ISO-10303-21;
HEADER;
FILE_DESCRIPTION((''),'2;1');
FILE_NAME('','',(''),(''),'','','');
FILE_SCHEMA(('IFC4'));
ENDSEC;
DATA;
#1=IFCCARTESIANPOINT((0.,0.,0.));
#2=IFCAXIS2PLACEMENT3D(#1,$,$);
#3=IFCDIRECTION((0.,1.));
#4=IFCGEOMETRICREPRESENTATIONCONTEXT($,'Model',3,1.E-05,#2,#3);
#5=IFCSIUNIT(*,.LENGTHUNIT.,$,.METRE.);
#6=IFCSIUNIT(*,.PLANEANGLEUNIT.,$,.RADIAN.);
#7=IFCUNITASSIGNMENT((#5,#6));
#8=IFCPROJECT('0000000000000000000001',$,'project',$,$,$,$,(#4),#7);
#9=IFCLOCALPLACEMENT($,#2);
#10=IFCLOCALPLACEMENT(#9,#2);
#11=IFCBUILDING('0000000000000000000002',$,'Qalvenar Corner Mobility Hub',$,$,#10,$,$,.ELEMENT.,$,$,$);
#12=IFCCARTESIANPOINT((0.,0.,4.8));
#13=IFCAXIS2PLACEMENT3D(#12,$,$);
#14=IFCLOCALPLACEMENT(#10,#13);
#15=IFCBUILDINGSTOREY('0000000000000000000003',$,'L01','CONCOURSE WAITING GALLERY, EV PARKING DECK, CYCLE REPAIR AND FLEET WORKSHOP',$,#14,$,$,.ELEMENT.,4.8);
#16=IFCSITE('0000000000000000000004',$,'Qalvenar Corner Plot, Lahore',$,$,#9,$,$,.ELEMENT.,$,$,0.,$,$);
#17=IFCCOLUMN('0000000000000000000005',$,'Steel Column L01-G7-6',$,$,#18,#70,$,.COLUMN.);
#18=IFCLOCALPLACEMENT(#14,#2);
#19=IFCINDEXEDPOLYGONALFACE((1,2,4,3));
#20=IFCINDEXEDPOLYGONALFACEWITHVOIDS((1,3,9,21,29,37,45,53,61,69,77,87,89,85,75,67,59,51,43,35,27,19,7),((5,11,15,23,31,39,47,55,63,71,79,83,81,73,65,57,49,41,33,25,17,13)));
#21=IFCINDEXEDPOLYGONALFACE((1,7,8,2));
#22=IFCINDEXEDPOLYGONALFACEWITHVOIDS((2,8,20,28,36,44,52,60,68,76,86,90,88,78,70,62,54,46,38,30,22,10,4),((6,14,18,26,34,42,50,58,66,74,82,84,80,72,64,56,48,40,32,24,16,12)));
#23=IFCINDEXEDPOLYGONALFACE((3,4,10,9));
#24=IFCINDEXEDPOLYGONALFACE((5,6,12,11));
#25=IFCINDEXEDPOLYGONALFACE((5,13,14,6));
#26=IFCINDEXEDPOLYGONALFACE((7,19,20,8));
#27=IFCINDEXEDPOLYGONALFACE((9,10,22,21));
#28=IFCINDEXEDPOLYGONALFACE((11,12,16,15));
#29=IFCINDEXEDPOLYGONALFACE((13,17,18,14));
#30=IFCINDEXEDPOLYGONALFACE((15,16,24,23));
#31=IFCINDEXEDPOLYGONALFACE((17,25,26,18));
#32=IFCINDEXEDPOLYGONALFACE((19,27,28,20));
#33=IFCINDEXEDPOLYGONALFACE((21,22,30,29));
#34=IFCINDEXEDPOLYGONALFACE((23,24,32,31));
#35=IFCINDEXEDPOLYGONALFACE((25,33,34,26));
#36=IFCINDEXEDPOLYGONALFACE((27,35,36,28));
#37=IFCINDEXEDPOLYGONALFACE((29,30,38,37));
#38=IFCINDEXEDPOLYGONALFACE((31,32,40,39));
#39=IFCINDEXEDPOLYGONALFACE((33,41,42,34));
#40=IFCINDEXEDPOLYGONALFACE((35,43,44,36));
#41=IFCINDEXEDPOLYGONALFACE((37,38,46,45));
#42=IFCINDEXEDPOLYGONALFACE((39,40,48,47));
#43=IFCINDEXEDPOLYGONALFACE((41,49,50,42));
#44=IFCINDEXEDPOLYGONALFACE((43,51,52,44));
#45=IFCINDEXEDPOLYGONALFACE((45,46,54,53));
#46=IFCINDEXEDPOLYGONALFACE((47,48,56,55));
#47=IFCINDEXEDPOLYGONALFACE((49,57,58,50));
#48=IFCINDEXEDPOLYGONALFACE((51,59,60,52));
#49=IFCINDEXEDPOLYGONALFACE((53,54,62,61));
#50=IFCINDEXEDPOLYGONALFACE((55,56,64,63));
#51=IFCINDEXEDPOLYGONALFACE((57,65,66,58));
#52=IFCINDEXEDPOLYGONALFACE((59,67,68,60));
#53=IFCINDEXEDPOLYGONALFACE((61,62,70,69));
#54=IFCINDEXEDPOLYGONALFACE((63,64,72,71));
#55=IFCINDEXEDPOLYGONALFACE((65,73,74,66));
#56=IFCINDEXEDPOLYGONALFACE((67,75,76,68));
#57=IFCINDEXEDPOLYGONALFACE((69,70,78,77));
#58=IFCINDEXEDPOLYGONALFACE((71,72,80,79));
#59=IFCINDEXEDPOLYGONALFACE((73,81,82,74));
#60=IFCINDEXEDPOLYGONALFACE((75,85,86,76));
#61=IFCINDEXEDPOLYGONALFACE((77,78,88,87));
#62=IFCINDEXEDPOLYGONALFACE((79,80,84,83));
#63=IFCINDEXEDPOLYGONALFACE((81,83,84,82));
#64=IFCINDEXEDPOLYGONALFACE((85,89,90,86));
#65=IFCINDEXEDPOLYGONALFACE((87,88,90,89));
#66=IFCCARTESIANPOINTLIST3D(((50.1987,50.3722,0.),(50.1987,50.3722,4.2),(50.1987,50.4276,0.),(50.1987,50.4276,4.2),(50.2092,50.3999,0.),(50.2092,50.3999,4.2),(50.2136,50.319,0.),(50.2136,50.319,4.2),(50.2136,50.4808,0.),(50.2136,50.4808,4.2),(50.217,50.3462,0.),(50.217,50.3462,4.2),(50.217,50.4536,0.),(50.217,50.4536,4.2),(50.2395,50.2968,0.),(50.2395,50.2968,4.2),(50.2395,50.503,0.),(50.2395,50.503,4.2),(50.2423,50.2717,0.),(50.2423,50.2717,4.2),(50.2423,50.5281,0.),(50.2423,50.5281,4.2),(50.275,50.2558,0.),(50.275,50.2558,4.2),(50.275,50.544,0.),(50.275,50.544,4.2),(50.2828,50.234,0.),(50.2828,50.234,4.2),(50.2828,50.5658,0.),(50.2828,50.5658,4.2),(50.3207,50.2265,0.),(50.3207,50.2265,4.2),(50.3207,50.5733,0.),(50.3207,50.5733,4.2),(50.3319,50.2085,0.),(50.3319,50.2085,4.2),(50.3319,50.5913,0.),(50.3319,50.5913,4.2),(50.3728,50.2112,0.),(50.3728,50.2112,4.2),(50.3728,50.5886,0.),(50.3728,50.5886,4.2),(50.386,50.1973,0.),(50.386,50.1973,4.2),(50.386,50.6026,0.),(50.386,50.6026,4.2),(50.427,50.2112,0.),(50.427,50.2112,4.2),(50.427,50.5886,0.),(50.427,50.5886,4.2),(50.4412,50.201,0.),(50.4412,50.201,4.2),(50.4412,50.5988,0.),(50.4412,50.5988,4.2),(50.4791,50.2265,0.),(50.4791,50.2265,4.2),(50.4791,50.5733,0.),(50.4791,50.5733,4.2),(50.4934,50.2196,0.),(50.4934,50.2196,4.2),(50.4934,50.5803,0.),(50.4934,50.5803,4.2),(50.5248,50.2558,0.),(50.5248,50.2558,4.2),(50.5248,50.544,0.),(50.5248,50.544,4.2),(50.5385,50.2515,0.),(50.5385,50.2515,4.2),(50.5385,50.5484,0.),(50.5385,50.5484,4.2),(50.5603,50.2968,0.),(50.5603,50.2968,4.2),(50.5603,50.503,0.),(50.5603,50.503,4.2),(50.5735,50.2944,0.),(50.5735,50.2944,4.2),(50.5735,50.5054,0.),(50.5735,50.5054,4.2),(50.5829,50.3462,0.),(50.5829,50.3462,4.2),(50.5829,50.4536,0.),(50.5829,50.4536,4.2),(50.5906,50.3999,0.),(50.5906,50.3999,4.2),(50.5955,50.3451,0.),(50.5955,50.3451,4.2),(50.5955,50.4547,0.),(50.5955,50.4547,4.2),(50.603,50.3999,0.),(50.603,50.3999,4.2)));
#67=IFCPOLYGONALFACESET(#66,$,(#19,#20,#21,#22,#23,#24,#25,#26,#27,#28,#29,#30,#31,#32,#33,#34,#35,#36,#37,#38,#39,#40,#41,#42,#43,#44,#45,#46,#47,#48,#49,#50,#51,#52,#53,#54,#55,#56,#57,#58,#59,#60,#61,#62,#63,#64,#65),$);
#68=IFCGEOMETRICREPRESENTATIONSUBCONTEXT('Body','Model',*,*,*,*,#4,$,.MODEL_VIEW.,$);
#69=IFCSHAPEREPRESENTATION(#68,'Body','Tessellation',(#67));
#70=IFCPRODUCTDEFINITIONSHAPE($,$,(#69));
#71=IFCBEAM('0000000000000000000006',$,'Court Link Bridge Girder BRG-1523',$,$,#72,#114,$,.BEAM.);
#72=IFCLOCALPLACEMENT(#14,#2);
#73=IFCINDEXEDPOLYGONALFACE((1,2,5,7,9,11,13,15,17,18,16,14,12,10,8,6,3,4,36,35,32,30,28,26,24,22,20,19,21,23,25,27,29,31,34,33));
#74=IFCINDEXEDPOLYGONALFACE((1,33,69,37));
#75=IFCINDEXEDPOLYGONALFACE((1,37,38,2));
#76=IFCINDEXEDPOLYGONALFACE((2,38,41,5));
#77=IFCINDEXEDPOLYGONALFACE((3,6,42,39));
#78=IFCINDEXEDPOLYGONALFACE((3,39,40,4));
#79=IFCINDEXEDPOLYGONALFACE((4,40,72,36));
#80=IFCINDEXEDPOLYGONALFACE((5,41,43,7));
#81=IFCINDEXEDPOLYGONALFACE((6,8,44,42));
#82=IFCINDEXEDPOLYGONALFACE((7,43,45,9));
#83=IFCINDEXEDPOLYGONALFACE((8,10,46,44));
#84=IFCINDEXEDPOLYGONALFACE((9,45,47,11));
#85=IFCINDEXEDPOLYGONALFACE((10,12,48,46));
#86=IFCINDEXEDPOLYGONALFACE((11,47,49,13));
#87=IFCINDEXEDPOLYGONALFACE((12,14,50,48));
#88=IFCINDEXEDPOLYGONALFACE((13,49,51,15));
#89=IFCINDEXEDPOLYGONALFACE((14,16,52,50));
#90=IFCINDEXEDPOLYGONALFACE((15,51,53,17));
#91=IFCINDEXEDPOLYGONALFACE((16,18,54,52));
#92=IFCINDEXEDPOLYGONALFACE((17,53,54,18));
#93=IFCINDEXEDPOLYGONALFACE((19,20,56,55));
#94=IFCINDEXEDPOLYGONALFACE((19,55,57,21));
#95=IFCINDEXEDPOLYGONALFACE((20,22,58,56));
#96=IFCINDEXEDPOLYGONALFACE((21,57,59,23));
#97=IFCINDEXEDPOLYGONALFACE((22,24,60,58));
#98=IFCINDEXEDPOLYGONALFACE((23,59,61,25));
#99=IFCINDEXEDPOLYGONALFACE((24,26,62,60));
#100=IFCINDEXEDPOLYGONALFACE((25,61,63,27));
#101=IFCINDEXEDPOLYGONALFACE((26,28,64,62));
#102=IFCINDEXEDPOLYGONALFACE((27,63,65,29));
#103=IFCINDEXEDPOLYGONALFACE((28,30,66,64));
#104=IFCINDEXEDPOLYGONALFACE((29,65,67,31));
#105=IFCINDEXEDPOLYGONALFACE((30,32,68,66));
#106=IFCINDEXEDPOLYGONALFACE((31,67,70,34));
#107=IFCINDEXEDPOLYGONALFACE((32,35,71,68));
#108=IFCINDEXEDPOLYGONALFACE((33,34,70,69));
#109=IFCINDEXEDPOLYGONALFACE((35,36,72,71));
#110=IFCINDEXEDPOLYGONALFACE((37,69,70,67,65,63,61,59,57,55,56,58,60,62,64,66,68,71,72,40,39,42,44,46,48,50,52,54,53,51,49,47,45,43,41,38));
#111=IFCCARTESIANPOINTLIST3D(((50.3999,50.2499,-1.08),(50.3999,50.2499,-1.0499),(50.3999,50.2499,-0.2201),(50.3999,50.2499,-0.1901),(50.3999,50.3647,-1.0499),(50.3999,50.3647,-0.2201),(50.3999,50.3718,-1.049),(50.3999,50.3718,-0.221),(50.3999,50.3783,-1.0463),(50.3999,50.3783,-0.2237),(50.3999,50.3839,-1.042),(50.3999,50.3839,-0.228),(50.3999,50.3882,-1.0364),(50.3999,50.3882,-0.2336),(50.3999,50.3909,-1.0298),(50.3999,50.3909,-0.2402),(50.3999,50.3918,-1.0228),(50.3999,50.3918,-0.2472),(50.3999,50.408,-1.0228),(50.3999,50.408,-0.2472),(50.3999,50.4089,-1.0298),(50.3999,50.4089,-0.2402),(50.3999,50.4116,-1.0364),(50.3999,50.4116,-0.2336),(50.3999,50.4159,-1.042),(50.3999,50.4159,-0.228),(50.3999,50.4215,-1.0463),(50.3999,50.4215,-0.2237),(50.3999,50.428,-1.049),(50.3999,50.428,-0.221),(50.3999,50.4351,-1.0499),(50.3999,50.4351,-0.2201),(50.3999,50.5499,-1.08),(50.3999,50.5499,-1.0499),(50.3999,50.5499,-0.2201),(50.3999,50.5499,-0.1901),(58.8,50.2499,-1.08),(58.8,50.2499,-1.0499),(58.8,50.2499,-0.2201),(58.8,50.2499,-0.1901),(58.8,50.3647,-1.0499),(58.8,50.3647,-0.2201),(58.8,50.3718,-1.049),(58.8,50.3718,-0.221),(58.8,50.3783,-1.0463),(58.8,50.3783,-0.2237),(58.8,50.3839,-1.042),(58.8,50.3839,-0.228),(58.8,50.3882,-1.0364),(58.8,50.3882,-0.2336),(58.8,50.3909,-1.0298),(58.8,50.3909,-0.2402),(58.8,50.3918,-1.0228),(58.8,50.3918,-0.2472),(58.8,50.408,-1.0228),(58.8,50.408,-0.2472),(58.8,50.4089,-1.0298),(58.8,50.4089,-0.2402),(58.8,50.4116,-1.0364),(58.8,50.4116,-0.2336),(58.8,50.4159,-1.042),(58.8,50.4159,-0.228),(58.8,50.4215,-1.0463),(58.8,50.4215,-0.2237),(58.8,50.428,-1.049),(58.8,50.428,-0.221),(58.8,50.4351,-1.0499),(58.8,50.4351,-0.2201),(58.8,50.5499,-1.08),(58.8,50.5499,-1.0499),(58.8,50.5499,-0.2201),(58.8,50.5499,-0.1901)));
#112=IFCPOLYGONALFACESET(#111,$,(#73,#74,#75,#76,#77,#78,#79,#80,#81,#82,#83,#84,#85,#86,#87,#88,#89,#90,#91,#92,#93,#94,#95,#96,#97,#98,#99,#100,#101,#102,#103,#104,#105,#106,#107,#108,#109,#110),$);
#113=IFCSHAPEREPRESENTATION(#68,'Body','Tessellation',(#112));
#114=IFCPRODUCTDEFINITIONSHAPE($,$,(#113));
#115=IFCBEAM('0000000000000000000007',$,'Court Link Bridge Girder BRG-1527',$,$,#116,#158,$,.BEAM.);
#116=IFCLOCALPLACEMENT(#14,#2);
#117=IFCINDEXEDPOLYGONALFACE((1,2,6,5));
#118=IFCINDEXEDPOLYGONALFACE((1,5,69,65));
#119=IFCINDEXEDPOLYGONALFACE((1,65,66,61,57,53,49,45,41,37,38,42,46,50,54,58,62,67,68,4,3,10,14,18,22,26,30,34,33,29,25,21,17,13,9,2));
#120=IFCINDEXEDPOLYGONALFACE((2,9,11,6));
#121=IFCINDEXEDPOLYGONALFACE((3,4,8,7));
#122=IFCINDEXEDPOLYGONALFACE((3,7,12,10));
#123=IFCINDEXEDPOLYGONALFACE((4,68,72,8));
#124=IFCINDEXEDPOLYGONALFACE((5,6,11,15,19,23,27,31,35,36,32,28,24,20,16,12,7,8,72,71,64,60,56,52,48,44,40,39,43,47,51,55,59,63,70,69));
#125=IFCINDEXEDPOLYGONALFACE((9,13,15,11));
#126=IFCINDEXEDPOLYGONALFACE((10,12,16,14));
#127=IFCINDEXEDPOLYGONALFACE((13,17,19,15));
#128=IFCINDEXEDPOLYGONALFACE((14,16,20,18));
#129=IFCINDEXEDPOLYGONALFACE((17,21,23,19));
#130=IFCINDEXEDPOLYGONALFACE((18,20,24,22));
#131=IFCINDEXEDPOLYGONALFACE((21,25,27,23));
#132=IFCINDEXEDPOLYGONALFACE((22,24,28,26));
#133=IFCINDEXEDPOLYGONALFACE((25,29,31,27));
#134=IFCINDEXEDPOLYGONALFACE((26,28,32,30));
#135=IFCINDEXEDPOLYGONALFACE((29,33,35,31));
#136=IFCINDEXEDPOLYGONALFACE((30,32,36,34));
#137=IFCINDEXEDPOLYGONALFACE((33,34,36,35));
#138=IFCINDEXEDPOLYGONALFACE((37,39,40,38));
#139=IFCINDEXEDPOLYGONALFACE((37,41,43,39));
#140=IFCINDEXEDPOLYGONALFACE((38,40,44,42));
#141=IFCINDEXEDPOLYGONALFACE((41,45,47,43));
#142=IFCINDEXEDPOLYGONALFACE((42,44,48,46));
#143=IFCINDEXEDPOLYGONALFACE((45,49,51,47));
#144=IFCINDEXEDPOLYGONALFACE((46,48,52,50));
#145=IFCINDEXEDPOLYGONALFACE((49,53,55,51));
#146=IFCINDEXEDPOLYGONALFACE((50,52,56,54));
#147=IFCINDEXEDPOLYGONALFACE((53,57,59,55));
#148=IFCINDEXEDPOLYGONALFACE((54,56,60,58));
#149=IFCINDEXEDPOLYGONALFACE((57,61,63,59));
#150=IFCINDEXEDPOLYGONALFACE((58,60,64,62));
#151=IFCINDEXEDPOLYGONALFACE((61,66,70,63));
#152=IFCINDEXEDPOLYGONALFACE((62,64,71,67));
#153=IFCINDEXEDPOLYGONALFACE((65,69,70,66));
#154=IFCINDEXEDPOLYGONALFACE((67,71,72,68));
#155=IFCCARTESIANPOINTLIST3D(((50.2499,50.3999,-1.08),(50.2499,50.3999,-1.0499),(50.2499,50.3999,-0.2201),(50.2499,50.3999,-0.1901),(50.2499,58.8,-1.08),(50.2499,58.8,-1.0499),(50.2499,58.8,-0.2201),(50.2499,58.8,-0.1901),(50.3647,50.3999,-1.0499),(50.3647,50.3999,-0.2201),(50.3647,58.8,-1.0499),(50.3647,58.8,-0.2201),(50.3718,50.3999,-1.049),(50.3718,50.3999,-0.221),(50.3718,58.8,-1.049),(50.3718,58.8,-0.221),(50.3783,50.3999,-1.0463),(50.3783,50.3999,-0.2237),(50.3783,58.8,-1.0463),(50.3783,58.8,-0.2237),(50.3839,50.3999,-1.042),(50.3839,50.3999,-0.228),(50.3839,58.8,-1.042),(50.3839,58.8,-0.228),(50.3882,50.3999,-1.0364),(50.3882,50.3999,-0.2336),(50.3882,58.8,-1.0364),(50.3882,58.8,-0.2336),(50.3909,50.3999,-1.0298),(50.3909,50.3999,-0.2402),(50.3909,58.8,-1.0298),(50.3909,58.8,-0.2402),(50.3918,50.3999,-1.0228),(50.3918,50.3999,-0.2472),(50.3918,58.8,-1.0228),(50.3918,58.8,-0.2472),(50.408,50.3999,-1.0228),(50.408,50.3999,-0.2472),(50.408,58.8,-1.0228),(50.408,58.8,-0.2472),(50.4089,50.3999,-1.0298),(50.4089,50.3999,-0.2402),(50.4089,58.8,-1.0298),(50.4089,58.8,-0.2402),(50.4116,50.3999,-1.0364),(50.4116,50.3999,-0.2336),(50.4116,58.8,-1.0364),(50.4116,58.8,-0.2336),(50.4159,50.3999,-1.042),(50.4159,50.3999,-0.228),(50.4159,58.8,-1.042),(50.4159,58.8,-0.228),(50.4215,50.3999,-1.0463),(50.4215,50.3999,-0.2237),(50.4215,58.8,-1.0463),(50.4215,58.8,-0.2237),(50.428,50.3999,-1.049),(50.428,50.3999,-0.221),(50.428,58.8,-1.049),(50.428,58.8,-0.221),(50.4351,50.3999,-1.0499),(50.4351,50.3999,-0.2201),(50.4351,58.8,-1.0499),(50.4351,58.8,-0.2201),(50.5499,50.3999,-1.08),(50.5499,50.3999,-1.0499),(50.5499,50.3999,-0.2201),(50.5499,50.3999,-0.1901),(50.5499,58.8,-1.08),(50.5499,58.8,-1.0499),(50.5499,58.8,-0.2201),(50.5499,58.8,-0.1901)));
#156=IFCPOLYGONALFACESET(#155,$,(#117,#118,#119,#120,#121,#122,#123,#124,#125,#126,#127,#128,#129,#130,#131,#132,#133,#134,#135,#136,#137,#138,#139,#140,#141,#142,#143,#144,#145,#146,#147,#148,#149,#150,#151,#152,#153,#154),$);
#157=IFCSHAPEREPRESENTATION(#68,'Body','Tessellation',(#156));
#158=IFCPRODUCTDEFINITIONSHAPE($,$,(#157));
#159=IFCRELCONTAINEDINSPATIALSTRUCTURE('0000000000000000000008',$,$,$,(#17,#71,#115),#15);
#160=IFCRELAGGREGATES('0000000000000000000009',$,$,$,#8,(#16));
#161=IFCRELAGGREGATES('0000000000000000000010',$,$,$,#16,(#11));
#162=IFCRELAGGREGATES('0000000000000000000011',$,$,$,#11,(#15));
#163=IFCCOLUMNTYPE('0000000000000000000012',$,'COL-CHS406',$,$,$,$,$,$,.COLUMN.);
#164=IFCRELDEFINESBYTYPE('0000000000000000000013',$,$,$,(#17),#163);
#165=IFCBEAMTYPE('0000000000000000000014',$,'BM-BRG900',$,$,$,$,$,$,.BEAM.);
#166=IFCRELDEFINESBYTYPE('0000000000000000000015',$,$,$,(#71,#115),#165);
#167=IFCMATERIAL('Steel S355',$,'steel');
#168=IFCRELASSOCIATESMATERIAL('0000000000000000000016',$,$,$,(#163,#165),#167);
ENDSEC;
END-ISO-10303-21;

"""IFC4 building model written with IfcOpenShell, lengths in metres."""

from ifc_helpers import new_model, si_unit, direction, frame, origin, origin_2d, place, context, subcontext, project, spatial, hollow_circle, i_section, extrude, material, material_profile, profile_set, type_object, element, save


model = new_model("IFC4")

# Units and contexts
model_context = context("Model", 3, precision=1e-05, world=origin(), true_north=direction((0.0, 1.0)))
body_context = subcontext(model_context, "Body", "Model", "MODEL_VIEW")
ifc_project = project(units=[si_unit("LENGTHUNIT", "METRE"), si_unit("PLANEANGLEUNIT", "RADIAN")], contexts=[model_context])

# Site, building, storey
site_placement = place(None, origin())
site = spatial("IfcSite", under=ifc_project, at=site_placement, Name="Qalvenar Corner Plot, Lahore", CompositionType="ELEMENT", RefElevation=0.0)
building_placement = place(site_placement, origin())
building = spatial("IfcBuilding", under=site, at=building_placement, Name="Qalvenar Corner Mobility Hub", CompositionType="ELEMENT")
storey_placement = place(building_placement, frame((0.0, 0.0, 4.8)))
storey = spatial("IfcBuildingStorey", under=building, at=storey_placement, Name="L01", Description="CONCOURSE WAITING GALLERY, EV PARKING DECK, CYCLE REPAIR AND FLEET WORKSHOP", CompositionType="ELEMENT", Elevation=4.8)

# Column
ifc_material_1 = material(Name="Steel S355", Category="steel")
ifc_material_profile_1 = material_profile(ifc_material_1, hollow_circle(Radius=0.2031, WallThickness=0.0125, at=origin_2d()), Name="CHS406.4x12.5")
ifc_profile_set_1 = profile_set([ifc_material_profile_1], Name="Steel S355")
column_type = type_object("IfcColumnType", Name="COL-CHS406", PredefinedType="COLUMN", material=ifc_profile_set_1)
column_placement = place(storey_placement, frame((50.3999, 50.3999, 0.0), z_axis=(0.0, 0.0, 1.0), x_axis=(1.0, 0.0, 0.0)))
element("IfcColumn", 1, at=column_placement, inside=storey, type_object=column_type, Name="Steel Column L01-G7-6", PredefinedType="COLUMN", context=body_context, shape_type="SweptSolid", body=[
    extrude(hollow_circle(Radius=0.2031, WallThickness=0.0125, at=origin_2d()), origin(), (0.0, 0.0, 1.0), 4.2),
])

# Beams
ifc_material_profile_2 = material_profile(ifc_material_1, i_section(OverallWidth=0.3, OverallDepth=0.8899, WebThickness=0.0161, FlangeThickness=0.03, FilletRadius=0.0271, at=origin_2d()), Name="HEA900")
ifc_profile_set_2 = profile_set([ifc_material_profile_2], Name="Steel S355")
beam_type_1 = type_object("IfcBeamType", Name="BM-BRG900", PredefinedType="BEAM", material=ifc_profile_set_2)
for number, where, z_axis, x_axis, name in (
    (2, (50.3999, 50.3999, -0.635), (1.0, 0.0, 0.0), (0.0, 1.0, 0.0), "Court Link Bridge Girder BRG-1523"),
    (3, (50.3999, 50.3999, -0.635), (0.0, 1.0, 0.0), (-1.0, 0.0, 0.0), "Court Link Bridge Girder BRG-1527"),
):
    element("IfcBeam", number, at=place(storey_placement, frame(where, z_axis=z_axis, x_axis=x_axis)), inside=storey, type_object=beam_type_1, Name=name, PredefinedType="BEAM", context=body_context, shape_type="SweptSolid", body=[
        extrude(i_section(OverallWidth=0.3, OverallDepth=0.8899, WebThickness=0.0161, FlangeThickness=0.03, FilletRadius=0.0271, at=origin_2d()), origin(), (0.0, 0.0, 1.0), 8.4001),
    ])

save(model, "model.ifc")
